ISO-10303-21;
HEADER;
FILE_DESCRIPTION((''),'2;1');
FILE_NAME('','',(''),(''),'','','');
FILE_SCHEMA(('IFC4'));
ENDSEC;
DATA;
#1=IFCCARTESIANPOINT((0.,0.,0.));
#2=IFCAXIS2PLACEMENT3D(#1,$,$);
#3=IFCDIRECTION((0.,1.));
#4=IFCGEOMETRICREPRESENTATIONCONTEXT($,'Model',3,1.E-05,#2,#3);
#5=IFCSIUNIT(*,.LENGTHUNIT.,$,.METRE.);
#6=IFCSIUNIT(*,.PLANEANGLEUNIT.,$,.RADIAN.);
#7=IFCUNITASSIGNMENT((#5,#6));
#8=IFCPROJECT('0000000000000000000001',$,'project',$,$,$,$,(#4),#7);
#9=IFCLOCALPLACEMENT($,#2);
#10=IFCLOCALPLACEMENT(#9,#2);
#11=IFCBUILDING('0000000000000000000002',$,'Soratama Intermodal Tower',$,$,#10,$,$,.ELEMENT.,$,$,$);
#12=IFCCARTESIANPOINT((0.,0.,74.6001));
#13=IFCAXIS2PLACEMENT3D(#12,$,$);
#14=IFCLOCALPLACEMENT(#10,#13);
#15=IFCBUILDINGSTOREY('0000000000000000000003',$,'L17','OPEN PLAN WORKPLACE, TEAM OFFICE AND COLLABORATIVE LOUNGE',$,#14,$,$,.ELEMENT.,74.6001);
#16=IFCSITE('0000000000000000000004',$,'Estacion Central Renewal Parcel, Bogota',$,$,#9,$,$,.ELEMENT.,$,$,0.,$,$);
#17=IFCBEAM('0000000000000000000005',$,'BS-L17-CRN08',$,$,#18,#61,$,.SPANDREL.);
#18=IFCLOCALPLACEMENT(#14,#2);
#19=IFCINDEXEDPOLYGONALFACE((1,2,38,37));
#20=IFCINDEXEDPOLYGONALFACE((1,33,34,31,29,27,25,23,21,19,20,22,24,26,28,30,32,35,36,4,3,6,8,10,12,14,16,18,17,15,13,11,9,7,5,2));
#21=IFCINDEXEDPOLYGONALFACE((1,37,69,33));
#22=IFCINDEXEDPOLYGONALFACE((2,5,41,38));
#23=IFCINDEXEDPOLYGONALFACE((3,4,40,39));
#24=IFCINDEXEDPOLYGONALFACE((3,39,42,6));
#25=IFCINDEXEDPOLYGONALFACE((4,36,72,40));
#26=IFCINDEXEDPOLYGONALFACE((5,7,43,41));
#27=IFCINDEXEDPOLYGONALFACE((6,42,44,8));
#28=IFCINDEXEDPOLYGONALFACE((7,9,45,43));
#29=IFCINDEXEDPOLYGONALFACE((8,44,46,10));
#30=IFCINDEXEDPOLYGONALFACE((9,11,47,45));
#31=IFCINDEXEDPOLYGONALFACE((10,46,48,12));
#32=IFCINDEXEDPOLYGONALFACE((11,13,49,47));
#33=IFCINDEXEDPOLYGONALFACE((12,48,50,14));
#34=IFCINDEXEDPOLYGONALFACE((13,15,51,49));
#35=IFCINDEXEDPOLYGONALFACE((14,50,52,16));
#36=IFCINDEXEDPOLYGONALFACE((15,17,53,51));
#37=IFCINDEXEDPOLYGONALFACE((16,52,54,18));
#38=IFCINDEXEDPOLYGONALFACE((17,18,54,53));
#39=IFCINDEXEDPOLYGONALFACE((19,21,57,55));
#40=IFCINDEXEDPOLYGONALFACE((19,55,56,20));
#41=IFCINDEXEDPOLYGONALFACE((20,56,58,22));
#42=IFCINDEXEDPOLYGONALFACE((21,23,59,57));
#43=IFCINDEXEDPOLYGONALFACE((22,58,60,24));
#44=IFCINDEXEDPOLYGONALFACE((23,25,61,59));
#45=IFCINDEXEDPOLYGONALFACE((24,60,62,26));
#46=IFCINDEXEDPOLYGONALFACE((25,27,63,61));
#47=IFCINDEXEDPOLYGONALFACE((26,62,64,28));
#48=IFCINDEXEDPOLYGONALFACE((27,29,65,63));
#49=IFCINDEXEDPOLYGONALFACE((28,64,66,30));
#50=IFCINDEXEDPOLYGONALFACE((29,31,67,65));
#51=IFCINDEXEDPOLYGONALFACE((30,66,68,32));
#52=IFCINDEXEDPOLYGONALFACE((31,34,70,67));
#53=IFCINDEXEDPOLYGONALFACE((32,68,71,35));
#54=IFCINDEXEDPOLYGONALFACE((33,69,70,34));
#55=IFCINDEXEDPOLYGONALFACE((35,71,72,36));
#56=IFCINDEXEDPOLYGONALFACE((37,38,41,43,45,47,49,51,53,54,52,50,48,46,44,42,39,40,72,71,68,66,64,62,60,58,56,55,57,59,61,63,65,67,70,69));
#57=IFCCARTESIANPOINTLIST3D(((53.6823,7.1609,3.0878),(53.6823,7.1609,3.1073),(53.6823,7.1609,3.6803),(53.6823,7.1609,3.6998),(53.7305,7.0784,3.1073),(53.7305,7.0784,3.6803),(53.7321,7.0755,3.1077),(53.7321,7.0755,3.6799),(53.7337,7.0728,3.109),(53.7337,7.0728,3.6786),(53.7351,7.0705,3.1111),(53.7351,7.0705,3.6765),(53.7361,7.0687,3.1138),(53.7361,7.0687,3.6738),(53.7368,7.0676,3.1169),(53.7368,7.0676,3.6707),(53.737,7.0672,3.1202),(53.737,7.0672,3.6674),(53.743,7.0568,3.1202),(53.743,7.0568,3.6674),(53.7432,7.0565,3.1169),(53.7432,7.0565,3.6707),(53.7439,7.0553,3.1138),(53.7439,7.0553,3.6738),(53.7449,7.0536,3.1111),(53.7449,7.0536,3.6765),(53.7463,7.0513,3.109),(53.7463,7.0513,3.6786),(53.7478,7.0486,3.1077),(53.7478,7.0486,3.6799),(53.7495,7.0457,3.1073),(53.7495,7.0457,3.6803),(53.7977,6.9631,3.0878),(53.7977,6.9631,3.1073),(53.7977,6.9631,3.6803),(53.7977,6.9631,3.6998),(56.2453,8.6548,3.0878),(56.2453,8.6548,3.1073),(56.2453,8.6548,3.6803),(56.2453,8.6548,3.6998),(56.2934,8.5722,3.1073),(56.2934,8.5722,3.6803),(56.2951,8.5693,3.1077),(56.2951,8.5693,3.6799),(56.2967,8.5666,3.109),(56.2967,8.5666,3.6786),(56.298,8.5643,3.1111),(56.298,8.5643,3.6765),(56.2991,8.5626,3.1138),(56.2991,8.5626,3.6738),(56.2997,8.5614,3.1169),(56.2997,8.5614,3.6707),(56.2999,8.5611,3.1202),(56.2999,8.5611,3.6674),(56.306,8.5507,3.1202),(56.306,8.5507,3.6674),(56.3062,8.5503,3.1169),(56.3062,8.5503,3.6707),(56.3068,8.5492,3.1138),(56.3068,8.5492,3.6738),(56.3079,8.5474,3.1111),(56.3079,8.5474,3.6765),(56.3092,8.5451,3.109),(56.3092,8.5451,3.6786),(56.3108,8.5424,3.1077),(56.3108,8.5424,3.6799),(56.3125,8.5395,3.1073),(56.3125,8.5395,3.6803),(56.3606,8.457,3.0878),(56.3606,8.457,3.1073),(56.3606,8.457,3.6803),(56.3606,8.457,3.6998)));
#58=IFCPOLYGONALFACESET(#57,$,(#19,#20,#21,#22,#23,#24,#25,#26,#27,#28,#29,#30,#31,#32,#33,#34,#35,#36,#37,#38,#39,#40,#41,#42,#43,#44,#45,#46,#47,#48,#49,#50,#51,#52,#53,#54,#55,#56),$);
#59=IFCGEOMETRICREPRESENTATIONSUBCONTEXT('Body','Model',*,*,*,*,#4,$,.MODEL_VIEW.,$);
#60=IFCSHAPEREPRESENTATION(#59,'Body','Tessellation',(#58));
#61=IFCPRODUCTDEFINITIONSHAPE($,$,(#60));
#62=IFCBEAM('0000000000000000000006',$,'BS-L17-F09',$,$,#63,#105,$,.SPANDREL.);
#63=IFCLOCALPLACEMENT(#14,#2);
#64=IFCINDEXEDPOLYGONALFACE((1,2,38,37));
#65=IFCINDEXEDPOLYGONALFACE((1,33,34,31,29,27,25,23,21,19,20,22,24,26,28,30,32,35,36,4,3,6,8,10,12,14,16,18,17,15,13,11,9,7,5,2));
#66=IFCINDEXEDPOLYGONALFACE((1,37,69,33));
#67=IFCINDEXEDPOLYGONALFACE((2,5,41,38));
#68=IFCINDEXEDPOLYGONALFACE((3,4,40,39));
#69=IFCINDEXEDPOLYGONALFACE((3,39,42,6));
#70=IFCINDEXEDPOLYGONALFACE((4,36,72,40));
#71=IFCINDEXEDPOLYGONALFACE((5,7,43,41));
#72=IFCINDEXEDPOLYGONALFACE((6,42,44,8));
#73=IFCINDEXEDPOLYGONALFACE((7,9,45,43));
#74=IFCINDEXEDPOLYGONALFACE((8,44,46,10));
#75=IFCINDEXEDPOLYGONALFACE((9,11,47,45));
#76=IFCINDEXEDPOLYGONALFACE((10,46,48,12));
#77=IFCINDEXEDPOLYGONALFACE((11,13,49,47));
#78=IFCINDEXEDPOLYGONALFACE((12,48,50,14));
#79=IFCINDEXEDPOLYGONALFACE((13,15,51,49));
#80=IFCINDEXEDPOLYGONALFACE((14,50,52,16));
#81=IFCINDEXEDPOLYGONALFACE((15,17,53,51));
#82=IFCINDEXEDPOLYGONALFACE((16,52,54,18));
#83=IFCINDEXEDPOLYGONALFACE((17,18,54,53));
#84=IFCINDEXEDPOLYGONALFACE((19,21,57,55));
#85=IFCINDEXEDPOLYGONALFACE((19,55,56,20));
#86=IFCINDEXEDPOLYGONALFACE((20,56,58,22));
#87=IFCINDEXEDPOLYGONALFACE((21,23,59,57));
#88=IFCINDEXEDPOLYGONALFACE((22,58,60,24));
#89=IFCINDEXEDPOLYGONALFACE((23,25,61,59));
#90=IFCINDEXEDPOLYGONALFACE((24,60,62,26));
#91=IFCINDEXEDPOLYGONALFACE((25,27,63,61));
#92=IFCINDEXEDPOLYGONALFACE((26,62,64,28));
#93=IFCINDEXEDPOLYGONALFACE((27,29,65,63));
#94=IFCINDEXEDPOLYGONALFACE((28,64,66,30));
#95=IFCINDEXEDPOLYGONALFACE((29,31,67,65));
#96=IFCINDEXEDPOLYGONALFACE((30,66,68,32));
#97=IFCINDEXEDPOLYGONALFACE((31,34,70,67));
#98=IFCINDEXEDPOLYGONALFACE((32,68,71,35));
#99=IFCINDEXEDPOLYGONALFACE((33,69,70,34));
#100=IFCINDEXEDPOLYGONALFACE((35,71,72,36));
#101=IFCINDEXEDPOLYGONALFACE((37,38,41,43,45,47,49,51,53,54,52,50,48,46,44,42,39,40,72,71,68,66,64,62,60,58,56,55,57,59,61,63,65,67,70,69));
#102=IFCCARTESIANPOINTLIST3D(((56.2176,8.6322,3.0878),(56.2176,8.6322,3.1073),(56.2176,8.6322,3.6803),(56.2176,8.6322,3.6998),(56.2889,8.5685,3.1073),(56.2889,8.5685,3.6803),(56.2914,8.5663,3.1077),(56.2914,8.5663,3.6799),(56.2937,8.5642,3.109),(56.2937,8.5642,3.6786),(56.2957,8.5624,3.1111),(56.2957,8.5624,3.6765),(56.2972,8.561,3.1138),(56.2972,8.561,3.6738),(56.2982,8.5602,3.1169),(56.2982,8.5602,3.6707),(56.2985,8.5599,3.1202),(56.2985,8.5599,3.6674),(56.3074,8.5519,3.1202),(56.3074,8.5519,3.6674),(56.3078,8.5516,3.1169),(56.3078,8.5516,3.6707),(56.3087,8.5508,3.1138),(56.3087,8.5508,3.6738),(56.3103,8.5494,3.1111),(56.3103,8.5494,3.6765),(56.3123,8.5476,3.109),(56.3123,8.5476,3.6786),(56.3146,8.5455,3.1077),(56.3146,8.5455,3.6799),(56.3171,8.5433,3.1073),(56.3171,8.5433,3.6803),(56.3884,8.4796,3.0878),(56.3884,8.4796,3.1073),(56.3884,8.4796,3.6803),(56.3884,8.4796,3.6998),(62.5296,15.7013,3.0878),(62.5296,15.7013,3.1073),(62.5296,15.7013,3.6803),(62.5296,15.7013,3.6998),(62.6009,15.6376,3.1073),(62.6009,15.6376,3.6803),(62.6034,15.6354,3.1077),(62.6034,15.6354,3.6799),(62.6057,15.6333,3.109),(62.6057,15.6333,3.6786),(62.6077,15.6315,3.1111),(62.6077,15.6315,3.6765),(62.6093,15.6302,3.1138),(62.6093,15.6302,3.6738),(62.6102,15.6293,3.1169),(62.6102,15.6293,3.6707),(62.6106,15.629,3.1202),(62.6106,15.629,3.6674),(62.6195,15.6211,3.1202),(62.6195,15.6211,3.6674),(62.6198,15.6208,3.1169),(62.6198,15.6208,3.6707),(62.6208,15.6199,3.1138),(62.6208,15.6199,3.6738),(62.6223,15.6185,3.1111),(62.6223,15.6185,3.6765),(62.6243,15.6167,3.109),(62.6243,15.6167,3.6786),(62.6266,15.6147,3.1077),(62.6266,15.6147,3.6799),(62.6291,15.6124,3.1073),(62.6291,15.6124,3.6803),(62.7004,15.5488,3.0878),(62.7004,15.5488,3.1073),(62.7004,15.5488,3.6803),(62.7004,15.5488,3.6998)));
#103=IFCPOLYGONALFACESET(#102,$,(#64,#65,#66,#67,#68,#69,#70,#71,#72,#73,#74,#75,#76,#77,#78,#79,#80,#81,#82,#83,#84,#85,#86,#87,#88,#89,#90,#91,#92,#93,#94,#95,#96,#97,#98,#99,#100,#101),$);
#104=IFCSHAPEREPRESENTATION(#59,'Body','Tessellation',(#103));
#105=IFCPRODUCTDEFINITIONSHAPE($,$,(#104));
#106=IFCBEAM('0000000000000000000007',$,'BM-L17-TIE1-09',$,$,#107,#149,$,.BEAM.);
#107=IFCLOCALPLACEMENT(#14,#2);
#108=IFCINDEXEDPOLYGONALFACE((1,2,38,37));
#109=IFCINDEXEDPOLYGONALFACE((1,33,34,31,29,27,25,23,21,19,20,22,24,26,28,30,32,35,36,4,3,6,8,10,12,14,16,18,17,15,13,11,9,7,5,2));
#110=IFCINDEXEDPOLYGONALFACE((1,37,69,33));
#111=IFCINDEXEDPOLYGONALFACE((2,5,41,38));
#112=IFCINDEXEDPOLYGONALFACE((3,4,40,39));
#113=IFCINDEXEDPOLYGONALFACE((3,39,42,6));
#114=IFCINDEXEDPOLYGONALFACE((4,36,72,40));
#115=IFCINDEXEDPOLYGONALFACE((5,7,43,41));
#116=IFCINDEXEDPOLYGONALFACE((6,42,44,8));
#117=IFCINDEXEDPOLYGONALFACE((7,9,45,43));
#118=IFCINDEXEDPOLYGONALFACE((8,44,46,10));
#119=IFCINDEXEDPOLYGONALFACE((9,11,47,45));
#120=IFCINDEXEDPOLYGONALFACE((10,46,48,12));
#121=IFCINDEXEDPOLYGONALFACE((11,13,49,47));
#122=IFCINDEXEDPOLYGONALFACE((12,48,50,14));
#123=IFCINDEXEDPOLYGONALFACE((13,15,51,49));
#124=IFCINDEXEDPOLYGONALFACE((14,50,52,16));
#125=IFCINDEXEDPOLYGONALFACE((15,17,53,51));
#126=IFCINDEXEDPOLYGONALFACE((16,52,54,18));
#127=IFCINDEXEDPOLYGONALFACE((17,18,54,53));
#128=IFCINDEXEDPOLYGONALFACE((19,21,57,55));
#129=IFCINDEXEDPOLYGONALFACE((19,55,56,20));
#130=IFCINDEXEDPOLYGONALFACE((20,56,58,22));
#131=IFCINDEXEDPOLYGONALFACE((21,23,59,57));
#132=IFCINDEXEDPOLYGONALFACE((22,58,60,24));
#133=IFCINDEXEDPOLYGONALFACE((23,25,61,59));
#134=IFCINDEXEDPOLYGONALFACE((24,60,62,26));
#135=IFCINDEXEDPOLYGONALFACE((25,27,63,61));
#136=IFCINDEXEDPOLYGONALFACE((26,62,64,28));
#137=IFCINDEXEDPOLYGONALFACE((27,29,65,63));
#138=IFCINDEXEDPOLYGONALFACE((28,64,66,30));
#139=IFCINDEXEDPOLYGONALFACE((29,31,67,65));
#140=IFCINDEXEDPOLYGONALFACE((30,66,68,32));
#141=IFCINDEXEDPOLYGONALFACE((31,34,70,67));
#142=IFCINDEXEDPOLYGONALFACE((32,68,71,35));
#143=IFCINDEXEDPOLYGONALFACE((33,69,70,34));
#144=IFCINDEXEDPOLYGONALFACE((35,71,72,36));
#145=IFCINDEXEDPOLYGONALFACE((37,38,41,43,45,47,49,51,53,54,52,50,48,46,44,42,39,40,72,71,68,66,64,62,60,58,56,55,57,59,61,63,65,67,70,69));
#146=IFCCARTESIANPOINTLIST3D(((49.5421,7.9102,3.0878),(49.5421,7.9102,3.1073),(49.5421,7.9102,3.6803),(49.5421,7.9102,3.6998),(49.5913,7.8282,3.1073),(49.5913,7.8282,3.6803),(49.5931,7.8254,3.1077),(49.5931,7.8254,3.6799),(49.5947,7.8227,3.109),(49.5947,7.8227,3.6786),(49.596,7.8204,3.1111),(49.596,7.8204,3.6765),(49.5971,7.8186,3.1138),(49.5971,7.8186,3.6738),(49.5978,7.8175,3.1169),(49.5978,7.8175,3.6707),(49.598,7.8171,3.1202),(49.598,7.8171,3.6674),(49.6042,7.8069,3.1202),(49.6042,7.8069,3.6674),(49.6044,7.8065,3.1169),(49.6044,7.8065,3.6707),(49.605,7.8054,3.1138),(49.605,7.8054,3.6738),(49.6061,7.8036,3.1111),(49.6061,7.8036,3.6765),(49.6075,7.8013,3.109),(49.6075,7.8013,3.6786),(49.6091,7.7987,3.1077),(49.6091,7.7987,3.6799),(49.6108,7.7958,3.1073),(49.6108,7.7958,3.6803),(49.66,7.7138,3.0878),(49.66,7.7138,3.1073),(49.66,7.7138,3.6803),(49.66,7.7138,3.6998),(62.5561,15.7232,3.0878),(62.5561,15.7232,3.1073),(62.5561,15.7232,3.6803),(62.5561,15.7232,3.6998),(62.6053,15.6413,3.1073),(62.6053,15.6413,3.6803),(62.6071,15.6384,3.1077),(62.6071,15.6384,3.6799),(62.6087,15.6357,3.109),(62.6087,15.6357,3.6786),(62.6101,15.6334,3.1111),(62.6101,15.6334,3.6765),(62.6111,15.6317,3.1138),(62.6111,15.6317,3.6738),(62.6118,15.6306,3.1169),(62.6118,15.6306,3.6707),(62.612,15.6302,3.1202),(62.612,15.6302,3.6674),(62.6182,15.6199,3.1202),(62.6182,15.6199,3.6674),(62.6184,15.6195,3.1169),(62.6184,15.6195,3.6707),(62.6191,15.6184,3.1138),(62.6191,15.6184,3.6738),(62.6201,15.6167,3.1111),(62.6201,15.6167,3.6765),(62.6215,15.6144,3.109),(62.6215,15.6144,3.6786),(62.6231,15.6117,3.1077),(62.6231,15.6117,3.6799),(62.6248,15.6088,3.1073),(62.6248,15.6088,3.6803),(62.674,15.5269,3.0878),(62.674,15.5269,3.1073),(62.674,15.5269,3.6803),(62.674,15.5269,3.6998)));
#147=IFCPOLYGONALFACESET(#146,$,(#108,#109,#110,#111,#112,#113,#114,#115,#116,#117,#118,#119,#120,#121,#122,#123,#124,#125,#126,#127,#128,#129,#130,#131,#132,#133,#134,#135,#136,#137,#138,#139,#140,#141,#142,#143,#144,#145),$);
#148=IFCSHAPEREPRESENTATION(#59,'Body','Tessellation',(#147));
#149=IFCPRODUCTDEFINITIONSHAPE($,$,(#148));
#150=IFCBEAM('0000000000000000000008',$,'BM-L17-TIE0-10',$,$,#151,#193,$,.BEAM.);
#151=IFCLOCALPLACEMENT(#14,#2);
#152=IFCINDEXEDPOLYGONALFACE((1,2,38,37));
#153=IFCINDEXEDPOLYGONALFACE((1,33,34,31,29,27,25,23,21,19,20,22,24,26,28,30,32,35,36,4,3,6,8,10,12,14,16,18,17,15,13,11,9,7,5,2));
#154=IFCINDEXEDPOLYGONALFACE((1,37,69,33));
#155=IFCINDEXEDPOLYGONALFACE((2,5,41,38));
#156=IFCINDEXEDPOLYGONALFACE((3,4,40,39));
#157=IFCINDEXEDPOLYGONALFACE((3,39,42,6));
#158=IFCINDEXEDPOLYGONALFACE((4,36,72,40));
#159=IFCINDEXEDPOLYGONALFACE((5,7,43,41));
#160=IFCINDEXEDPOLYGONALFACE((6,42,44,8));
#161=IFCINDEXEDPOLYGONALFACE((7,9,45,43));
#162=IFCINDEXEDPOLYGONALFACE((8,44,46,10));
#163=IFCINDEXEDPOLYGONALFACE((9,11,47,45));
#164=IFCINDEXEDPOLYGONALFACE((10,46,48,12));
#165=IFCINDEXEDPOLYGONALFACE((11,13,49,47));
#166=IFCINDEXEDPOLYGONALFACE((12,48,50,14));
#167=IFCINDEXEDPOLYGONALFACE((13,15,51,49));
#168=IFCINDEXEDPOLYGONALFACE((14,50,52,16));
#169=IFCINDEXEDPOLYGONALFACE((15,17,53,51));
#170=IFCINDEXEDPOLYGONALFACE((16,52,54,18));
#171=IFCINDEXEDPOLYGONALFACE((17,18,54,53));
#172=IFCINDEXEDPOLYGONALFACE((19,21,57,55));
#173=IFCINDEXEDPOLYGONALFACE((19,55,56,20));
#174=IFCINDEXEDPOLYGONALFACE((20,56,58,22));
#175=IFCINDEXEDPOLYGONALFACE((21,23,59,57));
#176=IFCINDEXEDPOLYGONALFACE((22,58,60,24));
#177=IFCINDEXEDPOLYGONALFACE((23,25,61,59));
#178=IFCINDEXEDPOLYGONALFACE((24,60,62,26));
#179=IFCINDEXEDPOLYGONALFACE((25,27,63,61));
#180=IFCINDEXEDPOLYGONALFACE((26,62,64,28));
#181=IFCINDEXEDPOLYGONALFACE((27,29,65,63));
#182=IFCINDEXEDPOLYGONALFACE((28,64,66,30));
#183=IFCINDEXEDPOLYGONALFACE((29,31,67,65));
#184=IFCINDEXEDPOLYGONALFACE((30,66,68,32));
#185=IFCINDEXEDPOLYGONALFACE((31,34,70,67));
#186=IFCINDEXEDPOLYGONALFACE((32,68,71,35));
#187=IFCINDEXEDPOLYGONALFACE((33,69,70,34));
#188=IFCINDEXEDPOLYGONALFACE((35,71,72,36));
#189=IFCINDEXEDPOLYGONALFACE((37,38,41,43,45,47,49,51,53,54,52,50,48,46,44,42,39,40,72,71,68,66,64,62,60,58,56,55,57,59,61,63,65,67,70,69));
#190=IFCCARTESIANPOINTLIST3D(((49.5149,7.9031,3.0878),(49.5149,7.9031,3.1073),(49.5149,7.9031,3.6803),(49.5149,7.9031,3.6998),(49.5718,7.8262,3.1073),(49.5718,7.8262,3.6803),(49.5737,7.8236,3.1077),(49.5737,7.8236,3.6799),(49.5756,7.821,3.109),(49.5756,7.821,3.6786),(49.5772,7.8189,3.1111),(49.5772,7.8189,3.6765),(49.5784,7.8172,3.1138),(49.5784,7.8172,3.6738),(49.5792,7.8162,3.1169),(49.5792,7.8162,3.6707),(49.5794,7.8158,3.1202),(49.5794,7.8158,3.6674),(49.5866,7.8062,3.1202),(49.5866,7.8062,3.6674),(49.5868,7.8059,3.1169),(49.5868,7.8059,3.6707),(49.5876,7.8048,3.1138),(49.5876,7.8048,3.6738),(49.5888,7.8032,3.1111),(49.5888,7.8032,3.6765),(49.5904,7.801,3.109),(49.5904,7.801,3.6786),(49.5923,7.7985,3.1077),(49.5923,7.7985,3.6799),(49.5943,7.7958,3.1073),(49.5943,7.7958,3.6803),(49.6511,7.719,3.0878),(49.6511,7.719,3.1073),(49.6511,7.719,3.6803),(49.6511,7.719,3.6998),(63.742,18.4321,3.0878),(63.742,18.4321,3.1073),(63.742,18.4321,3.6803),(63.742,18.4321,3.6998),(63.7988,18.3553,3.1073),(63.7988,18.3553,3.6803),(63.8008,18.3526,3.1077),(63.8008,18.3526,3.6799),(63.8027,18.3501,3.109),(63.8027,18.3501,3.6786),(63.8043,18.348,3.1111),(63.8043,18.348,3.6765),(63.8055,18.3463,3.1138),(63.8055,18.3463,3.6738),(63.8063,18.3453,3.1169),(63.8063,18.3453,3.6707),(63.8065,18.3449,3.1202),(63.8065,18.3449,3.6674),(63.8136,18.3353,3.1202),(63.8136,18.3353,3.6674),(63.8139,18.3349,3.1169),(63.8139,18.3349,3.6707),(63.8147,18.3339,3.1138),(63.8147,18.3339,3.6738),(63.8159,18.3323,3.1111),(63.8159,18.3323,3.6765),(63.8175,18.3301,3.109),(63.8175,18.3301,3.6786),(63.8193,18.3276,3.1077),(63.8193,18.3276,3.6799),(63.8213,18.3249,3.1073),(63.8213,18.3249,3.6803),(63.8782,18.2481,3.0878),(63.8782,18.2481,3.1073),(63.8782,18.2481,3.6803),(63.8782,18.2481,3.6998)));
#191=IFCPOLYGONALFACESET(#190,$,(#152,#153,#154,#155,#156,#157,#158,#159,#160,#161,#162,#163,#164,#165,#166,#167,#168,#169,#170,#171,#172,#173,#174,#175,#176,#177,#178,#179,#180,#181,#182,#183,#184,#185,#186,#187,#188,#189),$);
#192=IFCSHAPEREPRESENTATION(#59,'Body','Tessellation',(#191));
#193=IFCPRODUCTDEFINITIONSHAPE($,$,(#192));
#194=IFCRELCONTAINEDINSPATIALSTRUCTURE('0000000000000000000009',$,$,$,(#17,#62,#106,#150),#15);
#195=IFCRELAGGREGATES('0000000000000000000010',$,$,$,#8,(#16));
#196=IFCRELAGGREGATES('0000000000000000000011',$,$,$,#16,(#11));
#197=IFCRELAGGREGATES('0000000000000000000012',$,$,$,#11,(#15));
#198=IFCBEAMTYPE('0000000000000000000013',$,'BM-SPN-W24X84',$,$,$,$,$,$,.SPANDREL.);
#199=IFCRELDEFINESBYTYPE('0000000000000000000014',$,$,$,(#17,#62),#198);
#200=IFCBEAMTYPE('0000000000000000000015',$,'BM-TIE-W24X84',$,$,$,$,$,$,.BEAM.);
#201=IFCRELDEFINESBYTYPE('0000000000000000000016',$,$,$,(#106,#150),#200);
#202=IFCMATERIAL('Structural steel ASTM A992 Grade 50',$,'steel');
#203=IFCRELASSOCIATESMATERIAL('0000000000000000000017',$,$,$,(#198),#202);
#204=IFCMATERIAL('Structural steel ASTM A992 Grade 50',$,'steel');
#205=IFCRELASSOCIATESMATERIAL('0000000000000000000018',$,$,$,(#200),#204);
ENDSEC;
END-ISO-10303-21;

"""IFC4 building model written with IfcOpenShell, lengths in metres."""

from ifc_helpers import new_model, si_unit, direction, frame, origin, origin_2d, place, context, subcontext, project, spatial, i_section, extrude, material, material_profile, profile_set, type_object, element, save


model = new_model("IFC4")

# Units and contexts
model_context = context("Model", 3, precision=1e-05, world=origin(), true_north=direction((0.0, 1.0)))
body_context = subcontext(model_context, "Body", "Model", "MODEL_VIEW")
ifc_project = project(units=[si_unit("LENGTHUNIT", "METRE"), si_unit("PLANEANGLEUNIT", "RADIAN")], contexts=[model_context])

# Site, building, storey
site_placement = place(None, origin())
site = spatial("IfcSite", under=ifc_project, at=site_placement, Name="Estacion Central Renewal Parcel, Bogota", CompositionType="ELEMENT", RefElevation=0.0)
building_placement = place(site_placement, origin())
building = spatial("IfcBuilding", under=site, at=building_placement, Name="Soratama Intermodal Tower", CompositionType="ELEMENT")
storey_placement = place(building_placement, frame((0.0, 0.0, 74.6001)))
storey = spatial("IfcBuildingStorey", under=building, at=storey_placement, Name="L17", Description="OPEN PLAN WORKPLACE, TEAM OFFICE AND COLLABORATIVE LOUNGE", CompositionType="ELEMENT", Elevation=74.6001)

# Beams
ifc_material_1 = material(Name="Structural steel ASTM A992 Grade 50", Category="steel")
ifc_material_profile_1 = material_profile(ifc_material_1, i_section(OverallWidth=0.229, OverallDepth=0.6121, WebThickness=0.012, FlangeThickness=0.0195, FilletRadius=0.0129, at=origin_2d()), Name="W24X84")
ifc_profile_set_1 = profile_set([ifc_material_profile_1], Name="Structural steel ASTM A992 Grade 50")
beam_type_1 = type_object("IfcBeamType", Name="BM-SPN-W24X84", PredefinedType="SPANDREL", material=ifc_profile_set_1)
beam_1_placement = place(storey_placement, frame((53.74, 7.062, 3.3938), z_axis=(0.863952, 0.503574, 0.0), x_axis=(-0.503574, 0.863952, 0.0)))
element("IfcBeam", 1, at=beam_1_placement, inside=storey, type_object=beam_type_1, Name="BS-L17-CRN08", PredefinedType="SPANDREL", context=body_context, shape_type="SweptSolid", body=[
    extrude(i_section(OverallWidth=0.229, OverallDepth=0.6121, WebThickness=0.012, FlangeThickness=0.0195, FilletRadius=0.0129, at=origin_2d()), origin(), (0.0, 0.0, 1.0), 2.9666),
])
beam_2_placement = place(storey_placement, frame((56.303, 8.5559, 3.3938), z_axis=(0.666035, 0.745921, 0.0), x_axis=(-0.745921, 0.666035, 0.0)))
element("IfcBeam", 2, at=beam_2_placement, inside=storey, type_object=beam_type_1, Name="BS-L17-F09", PredefinedType="SPANDREL", context=body_context, shape_type="SweptSolid", body=[
    extrude(i_section(OverallWidth=0.229, OverallDepth=0.6121, WebThickness=0.012, FlangeThickness=0.0195, FilletRadius=0.0129, at=origin_2d()), origin(), (0.0, 0.0, 1.0), 9.4771),
])
ifc_material_2 = material(Name="Structural steel ASTM A992 Grade 50", Category="steel")
ifc_material_profile_2 = material_profile(ifc_material_2, i_section(OverallWidth=0.229, OverallDepth=0.6121, WebThickness=0.012, FlangeThickness=0.0195, FilletRadius=0.0129, at=origin_2d()), Name="W24X84")
ifc_profile_set_2 = profile_set([ifc_material_profile_2], Name="Structural steel ASTM A992 Grade 50")
beam_type_2 = type_object("IfcBeamType", Name="BM-TIE-W24X84", PredefinedType="BEAM", material=ifc_profile_set_2)
beam_3_placement = place(storey_placement, frame((49.6011, 7.812, 3.3938), z_axis=(0.857358, 0.51472, 0.0), x_axis=(-0.51472, 0.857358, 0.0)))
element("IfcBeam", 3, at=beam_3_placement, inside=storey, type_object=beam_type_2, Name="BM-L17-TIE1-09", PredefinedType="BEAM", context=body_context, shape_type="SweptSolid", body=[
    extrude(i_section(OverallWidth=0.229, OverallDepth=0.6121, WebThickness=0.012, FlangeThickness=0.0195, FilletRadius=0.0129, at=origin_2d()), origin(), (0.0, 0.0, 1.0), 15.1792),
])
beam_4_placement = place(storey_placement, frame((49.583, 7.811, 3.3938), z_axis=(0.803814, 0.594881, 0.0), x_axis=(-0.594881, 0.803814, 0.0)))
element("IfcBeam", 4, at=beam_4_placement, inside=storey, type_object=beam_type_2, Name="BM-L17-TIE0-10", PredefinedType="BEAM", context=body_context, shape_type="SweptSolid", body=[
    extrude(i_section(OverallWidth=0.229, OverallDepth=0.6121, WebThickness=0.012, FlangeThickness=0.0195, FilletRadius=0.0129, at=origin_2d()), origin(), (0.0, 0.0, 1.0), 17.6995),
])

save(model, "model.ifc")
